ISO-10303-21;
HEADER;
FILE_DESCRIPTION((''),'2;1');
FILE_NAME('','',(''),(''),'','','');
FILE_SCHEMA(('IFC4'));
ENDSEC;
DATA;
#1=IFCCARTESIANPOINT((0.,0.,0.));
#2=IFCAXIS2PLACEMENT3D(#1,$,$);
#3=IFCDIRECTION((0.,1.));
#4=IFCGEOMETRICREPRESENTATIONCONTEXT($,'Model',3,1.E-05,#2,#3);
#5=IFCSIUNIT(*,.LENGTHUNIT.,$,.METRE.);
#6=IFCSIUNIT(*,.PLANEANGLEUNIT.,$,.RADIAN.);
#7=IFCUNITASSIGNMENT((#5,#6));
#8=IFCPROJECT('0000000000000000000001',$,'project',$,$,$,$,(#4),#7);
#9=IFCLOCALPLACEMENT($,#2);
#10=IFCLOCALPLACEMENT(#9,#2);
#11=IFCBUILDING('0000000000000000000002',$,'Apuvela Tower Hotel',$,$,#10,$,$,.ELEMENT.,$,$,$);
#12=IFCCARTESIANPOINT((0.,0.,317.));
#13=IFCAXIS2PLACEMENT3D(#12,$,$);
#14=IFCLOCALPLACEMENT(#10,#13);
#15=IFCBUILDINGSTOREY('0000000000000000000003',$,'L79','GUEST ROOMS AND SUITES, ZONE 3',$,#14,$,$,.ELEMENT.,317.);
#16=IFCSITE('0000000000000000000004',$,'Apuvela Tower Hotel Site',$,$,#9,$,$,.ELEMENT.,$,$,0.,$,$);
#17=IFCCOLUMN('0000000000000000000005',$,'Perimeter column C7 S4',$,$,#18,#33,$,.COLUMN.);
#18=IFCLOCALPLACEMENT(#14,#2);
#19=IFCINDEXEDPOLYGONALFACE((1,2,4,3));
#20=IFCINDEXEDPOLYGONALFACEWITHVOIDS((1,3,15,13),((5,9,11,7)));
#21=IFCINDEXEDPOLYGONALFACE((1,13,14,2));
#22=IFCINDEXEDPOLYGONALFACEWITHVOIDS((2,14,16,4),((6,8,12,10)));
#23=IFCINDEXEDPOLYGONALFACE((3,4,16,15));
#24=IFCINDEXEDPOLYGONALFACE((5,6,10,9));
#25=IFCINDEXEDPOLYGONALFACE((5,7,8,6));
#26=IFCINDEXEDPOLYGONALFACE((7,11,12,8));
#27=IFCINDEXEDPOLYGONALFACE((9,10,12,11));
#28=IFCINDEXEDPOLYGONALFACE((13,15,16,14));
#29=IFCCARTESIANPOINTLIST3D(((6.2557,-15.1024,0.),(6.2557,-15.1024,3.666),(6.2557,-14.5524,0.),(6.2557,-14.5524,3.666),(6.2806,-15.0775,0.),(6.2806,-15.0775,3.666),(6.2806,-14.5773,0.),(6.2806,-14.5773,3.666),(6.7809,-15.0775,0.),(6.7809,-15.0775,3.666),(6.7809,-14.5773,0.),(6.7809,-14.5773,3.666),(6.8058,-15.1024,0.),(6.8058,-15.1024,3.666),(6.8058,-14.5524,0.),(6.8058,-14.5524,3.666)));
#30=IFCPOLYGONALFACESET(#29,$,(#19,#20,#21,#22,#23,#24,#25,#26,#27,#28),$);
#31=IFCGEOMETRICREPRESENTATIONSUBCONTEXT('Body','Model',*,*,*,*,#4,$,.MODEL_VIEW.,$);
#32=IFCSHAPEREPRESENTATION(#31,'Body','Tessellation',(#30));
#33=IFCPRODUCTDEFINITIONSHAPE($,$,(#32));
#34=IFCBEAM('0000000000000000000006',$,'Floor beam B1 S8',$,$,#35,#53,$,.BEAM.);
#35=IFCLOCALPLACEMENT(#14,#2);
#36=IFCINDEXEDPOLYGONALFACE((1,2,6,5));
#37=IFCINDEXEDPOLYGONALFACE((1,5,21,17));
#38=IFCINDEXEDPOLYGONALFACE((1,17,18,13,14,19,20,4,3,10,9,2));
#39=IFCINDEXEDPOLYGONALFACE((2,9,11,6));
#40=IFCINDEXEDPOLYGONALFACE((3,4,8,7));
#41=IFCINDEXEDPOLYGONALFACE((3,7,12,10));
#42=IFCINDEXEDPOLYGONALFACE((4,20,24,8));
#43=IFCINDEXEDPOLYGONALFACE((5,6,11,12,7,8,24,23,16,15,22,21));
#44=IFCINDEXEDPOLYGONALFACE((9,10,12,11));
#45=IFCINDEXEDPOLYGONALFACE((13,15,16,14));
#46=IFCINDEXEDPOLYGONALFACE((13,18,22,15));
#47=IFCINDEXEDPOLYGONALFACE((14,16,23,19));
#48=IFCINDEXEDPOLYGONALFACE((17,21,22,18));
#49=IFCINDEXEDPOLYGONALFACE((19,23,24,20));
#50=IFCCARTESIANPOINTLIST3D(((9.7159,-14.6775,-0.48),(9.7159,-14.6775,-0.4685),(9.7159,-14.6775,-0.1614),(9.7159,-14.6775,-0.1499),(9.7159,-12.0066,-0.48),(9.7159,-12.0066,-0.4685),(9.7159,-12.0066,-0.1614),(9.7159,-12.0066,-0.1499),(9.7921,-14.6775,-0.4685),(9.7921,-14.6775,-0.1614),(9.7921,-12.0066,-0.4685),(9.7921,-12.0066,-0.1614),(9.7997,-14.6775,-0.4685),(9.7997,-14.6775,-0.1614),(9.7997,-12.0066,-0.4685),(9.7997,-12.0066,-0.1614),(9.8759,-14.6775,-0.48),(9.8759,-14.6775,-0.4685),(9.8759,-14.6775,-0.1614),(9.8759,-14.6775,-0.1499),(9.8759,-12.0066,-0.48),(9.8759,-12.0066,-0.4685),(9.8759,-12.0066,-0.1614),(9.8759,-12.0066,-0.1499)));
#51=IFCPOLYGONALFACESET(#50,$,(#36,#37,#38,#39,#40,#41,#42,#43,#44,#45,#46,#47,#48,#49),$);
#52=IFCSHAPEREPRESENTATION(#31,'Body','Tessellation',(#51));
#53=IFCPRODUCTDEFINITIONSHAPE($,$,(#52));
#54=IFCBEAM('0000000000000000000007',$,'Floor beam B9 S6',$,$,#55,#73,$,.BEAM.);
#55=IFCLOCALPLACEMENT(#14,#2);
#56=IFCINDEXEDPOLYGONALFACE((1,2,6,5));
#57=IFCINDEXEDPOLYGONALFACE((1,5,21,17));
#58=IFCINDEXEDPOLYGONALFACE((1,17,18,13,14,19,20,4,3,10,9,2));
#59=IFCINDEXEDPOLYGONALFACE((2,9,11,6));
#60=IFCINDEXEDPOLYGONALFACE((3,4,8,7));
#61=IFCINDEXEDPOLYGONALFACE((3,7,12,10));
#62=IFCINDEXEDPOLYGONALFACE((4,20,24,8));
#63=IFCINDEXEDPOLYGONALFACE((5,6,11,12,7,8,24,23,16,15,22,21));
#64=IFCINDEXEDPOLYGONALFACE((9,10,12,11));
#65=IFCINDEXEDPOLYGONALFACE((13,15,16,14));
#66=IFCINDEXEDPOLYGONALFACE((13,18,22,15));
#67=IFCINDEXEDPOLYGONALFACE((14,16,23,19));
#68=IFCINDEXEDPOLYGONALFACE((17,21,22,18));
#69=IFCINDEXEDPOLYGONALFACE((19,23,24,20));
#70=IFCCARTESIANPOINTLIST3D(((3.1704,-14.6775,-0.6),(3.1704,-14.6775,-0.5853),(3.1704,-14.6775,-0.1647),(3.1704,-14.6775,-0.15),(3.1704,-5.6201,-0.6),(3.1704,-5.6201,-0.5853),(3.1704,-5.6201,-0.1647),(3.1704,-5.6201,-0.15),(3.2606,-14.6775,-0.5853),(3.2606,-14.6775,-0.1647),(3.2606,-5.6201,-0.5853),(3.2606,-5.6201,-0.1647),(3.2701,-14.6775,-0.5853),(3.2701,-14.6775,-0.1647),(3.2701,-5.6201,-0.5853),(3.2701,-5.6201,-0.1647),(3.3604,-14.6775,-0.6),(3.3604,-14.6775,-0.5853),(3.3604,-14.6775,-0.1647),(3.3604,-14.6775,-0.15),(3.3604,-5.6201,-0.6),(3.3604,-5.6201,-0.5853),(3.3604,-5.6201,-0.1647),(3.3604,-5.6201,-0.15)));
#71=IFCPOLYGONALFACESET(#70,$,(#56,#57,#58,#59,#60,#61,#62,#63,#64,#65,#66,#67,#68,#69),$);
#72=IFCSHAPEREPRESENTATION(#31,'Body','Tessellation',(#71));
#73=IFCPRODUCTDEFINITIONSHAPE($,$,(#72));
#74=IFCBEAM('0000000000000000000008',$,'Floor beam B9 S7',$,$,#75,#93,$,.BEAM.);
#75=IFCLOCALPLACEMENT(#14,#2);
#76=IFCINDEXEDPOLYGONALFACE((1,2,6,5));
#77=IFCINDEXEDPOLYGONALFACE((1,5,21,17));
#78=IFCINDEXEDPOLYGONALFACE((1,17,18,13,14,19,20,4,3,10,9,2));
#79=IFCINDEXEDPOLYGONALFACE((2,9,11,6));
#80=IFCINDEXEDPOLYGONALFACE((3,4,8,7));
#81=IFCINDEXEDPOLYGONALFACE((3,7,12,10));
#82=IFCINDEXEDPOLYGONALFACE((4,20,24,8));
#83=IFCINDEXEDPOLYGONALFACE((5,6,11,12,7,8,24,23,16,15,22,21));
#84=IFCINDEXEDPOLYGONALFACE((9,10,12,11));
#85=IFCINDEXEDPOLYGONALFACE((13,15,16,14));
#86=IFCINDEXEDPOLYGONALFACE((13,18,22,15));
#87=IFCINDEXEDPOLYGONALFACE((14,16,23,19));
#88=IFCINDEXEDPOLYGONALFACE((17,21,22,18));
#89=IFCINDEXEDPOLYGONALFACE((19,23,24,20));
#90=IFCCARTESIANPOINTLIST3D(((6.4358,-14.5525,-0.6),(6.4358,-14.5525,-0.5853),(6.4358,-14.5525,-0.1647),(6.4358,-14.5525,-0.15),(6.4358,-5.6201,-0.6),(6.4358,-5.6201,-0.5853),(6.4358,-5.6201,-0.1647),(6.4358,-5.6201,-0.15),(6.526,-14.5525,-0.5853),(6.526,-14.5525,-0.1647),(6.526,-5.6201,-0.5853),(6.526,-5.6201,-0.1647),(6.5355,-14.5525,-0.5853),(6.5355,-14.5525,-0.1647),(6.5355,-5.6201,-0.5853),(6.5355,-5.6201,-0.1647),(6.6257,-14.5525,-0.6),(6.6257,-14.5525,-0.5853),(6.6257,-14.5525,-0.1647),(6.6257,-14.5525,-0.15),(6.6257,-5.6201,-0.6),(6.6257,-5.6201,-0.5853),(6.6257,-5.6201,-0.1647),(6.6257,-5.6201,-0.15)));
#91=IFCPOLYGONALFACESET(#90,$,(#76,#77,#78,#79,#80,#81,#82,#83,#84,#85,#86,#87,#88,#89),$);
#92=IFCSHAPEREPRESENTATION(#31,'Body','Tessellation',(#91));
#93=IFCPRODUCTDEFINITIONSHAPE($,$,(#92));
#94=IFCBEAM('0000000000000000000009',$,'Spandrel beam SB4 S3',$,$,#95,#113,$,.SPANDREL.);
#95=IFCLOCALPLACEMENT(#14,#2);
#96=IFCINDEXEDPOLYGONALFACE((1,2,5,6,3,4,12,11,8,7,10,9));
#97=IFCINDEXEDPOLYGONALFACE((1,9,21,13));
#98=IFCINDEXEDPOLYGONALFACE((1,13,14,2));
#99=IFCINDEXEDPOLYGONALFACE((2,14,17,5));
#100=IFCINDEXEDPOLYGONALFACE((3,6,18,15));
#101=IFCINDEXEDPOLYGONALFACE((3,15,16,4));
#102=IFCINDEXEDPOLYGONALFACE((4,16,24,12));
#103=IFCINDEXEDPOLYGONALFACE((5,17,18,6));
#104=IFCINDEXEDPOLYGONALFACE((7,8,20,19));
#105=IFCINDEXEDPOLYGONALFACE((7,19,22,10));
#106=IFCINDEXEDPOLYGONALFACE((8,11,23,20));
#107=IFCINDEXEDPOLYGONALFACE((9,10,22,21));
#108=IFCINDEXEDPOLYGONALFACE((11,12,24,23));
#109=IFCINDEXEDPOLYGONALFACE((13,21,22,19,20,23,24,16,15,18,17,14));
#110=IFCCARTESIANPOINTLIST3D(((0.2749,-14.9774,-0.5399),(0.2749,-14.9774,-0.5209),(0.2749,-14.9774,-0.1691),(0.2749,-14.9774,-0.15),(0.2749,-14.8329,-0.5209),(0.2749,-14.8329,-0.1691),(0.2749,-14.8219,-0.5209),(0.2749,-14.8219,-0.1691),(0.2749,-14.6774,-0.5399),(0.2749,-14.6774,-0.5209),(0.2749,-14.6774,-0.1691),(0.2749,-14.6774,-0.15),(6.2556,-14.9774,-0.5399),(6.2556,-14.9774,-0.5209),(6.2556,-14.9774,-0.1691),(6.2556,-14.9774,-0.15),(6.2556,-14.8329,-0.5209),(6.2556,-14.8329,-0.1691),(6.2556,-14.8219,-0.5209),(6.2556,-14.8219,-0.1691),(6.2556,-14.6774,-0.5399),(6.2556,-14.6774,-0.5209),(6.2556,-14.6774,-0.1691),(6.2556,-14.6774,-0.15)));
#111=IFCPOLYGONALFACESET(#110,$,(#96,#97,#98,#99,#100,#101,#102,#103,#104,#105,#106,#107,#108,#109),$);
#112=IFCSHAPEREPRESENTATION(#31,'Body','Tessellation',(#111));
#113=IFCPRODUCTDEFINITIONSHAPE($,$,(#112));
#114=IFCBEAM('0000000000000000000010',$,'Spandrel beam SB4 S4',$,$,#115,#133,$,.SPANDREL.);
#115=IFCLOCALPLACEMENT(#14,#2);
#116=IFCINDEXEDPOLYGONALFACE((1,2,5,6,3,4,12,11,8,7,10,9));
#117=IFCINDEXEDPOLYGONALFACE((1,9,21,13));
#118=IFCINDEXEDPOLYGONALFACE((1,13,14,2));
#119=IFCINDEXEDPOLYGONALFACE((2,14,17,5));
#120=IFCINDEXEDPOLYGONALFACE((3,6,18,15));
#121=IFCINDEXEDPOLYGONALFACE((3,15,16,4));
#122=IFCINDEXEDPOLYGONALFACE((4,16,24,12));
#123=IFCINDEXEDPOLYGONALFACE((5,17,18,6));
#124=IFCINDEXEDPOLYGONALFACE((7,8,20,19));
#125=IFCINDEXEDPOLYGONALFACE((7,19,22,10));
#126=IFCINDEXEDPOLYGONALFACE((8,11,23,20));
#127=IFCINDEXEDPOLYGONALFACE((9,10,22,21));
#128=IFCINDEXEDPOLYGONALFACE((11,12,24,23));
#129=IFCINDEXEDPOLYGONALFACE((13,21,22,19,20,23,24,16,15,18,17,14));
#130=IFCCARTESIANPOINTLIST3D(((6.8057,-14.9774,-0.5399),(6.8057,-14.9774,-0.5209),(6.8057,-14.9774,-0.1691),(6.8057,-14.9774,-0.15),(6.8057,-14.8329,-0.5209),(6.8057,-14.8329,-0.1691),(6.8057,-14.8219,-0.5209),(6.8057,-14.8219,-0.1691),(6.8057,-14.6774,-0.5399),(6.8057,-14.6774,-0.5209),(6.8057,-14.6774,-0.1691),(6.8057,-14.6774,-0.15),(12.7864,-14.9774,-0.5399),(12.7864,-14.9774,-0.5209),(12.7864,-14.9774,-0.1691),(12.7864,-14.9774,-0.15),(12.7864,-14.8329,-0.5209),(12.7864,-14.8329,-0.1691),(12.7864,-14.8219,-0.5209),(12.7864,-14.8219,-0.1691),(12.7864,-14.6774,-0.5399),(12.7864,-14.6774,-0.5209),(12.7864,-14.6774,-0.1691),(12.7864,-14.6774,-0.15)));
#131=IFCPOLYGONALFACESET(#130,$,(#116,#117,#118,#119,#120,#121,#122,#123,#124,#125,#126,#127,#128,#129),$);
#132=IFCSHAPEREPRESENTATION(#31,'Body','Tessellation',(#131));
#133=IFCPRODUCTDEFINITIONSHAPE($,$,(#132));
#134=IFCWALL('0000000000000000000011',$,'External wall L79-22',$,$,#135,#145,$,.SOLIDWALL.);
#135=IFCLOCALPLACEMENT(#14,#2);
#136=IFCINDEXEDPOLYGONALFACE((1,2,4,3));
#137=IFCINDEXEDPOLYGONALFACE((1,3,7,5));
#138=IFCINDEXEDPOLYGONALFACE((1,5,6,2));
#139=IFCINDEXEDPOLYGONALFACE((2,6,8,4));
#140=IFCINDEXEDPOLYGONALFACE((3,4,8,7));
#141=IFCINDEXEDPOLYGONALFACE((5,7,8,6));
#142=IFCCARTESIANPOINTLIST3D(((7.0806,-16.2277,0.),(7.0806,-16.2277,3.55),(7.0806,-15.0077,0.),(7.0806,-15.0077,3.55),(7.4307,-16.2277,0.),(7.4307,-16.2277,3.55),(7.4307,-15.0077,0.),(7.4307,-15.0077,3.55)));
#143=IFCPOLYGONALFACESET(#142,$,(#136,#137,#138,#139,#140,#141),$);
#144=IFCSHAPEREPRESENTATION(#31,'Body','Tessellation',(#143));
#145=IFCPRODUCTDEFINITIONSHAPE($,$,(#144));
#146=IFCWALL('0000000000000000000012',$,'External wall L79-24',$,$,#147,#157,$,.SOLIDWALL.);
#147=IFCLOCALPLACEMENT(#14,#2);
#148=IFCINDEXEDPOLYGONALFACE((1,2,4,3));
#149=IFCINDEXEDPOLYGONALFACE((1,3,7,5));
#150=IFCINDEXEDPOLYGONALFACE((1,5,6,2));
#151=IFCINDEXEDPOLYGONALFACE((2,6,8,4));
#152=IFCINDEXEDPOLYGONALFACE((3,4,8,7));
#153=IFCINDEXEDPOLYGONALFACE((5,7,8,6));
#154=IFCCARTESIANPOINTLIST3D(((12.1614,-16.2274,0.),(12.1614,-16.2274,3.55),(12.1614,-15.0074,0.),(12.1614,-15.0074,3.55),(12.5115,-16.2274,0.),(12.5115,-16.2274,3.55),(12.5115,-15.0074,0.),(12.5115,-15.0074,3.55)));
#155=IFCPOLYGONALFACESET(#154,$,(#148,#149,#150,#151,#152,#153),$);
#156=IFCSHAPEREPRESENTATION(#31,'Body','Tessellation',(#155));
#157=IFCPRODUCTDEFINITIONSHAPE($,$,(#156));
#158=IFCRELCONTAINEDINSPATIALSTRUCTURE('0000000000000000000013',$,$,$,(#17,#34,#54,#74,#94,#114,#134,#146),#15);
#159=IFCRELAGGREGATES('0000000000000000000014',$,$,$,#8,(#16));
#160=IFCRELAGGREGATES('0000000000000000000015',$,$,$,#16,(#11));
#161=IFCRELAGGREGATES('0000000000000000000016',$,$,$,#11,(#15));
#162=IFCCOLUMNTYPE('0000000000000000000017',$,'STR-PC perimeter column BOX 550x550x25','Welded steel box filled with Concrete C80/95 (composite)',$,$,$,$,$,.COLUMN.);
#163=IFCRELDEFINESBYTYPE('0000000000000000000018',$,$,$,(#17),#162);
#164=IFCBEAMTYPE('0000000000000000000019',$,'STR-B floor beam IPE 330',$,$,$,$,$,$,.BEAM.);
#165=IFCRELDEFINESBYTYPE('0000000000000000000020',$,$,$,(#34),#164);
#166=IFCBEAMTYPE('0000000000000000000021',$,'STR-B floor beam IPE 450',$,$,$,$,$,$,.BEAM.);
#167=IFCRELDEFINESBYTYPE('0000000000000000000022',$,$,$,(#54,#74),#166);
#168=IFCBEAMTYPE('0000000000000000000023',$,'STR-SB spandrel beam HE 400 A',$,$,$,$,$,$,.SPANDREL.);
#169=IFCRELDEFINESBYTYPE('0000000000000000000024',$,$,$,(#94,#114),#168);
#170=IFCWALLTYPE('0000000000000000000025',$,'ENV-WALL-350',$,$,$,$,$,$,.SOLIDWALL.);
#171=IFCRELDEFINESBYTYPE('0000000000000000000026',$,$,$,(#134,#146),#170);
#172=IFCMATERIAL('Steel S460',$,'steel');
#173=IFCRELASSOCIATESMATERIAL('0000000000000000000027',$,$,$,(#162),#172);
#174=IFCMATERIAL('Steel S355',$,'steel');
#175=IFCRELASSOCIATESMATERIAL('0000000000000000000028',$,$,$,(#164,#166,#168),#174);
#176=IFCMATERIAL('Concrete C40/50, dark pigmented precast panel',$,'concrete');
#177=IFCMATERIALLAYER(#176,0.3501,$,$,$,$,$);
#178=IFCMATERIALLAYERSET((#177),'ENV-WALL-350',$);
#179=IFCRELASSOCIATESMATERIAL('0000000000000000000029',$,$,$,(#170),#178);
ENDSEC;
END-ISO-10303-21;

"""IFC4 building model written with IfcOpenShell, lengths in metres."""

from ifc_helpers import new_model, si_unit, direction, frame, frame_2d, origin, origin_2d, place, context, subcontext, project, spatial, rectangle, hollow_rectangle, i_section, extrude, boolean, halfspace, material, layer, layer_set, material_profile, profile_set, type_object, element, save


model = new_model("IFC4")

# Units and contexts
model_context = context("Model", 3, precision=1e-05, world=origin(), true_north=direction((0.0, 1.0)))
body_context = subcontext(model_context, "Body", "Model", "MODEL_VIEW")
ifc_project = project(units=[si_unit("LENGTHUNIT", "METRE"), si_unit("PLANEANGLEUNIT", "RADIAN")], contexts=[model_context])

# Site, building, storey
site_placement = place(None, origin())
site = spatial("IfcSite", under=ifc_project, at=site_placement, Name="Apuvela Tower Hotel Site", CompositionType="ELEMENT", RefElevation=0.0)
building_placement = place(site_placement, origin())
building = spatial("IfcBuilding", under=site, at=building_placement, Name="Apuvela Tower Hotel", CompositionType="ELEMENT")
storey_placement = place(building_placement, frame((0.0, 0.0, 317.0)))
storey = spatial("IfcBuildingStorey", under=building, at=storey_placement, Name="L79", Description="GUEST ROOMS AND SUITES, ZONE 3", CompositionType="ELEMENT", Elevation=317.0)

# Column
ifc_material_1 = material(Name="Steel S460", Category="steel")
ifc_material_profile_1 = material_profile(ifc_material_1, hollow_rectangle(XDim=0.55, YDim=0.55, WallThickness=0.0249, at=origin_2d()), Name="BOX 550x550x25")
ifc_material_2 = material(Name="Concrete C80/95", Category="concrete")
ifc_material_profile_2 = material_profile(ifc_material_2, rectangle(XDim=0.5, YDim=0.5, at=origin_2d()), Name="Concrete C80/95 infill")
ifc_profile_set_1 = profile_set([ifc_material_profile_1, ifc_material_profile_2], Name="Steel S460")
column_type = type_object("IfcColumnType", Name="STR-PC perimeter column BOX 550x550x25", Description="Welded steel box filled with Concrete C80/95 (composite)", PredefinedType="COLUMN", material=ifc_profile_set_1)
column_placement = place(storey_placement, frame((6.5308, -14.8274, 0.0), z_axis=(0.0, 0.0, 1.0), x_axis=(-1.0, 0.0, 0.0)))
element("IfcColumn", 1, at=column_placement, inside=storey, type_object=column_type, Name="Perimeter column C7 S4", PredefinedType="COLUMN", context=body_context, shape_type="SweptSolid", body=[
    boolean("DIFFERENCE", extrude(hollow_rectangle(XDim=0.55, YDim=0.55, WallThickness=0.0249, at=origin_2d()), origin(), (0.0, 0.0, 1.0), 3.7), halfspace(frame((0.0, 0.0, 3.666), z_axis=(0.0, 0.0, 1.0), x_axis=(1.0, 0.0, 0.0)), False)),
])

# Beams
ifc_material_3 = material(Name="Steel S355", Category="steel")
ifc_material_profile_3 = material_profile(ifc_material_3, i_section(OverallWidth=0.1599, OverallDepth=0.3301, WebThickness=0.0076, FlangeThickness=0.0115, at=origin_2d()), Name="IPE 330")
ifc_profile_set_2 = profile_set([ifc_material_profile_3], Name="Steel S355")
beam_type_1 = type_object("IfcBeamType", Name="STR-B floor beam IPE 330", PredefinedType="BEAM", material=ifc_profile_set_2)
beam_1_placement = place(storey_placement, frame((9.7959, -14.6775, -0.3149), z_axis=(0.0, 1.0, 0.0), x_axis=(-1.0, 0.0, 0.0)))
element("IfcBeam", 2, at=beam_1_placement, inside=storey, type_object=beam_type_1, Name="Floor beam B1 S8", PredefinedType="BEAM", context=body_context, shape_type="SweptSolid", body=[
    extrude(i_section(OverallWidth=0.1599, OverallDepth=0.3301, WebThickness=0.0076, FlangeThickness=0.0115, at=origin_2d()), origin(), (0.0, 0.0, 1.0), 2.6709),
])
ifc_material_profile_4 = material_profile(ifc_material_3, i_section(OverallWidth=0.1899, OverallDepth=0.45, WebThickness=0.0095, FlangeThickness=0.0146, at=origin_2d()), Name="IPE 450")
ifc_profile_set_3 = profile_set([ifc_material_profile_4], Name="Steel S355")
beam_type_2 = type_object("IfcBeamType", Name="STR-B floor beam IPE 450", PredefinedType="BEAM", material=ifc_profile_set_3)
beam_2_placement = place(storey_placement, frame((3.2654, -14.6775, -0.375), z_axis=(0.0, 1.0, 0.0), x_axis=(-1.0, 0.0, 0.0)))
element("IfcBeam", 3, at=beam_2_placement, inside=storey, type_object=beam_type_2, Name="Floor beam B9 S6", PredefinedType="BEAM", context=body_context, shape_type="SweptSolid", body=[
    extrude(i_section(OverallWidth=0.1899, OverallDepth=0.45, WebThickness=0.0095, FlangeThickness=0.0146, at=origin_2d()), origin(), (0.0, 0.0, 1.0), 9.0574),
])
beam_3_placement = place(storey_placement, frame((6.5308, -14.5525, -0.375), z_axis=(0.0, 1.0, 0.0), x_axis=(-1.0, 0.0, 0.0)))
element("IfcBeam", 4, at=beam_3_placement, inside=storey, type_object=beam_type_2, Name="Floor beam B9 S7", PredefinedType="BEAM", context=body_context, shape_type="SweptSolid", body=[
    extrude(i_section(OverallWidth=0.1899, OverallDepth=0.45, WebThickness=0.0095, FlangeThickness=0.0146, at=origin_2d()), origin(), (0.0, 0.0, 1.0), 8.9324),
])
ifc_material_profile_5 = material_profile(ifc_material_3, i_section(OverallWidth=0.3, OverallDepth=0.3899, WebThickness=0.011, FlangeThickness=0.019, at=origin_2d()), Name="HE 400 A")
ifc_profile_set_4 = profile_set([ifc_material_profile_5], Name="Steel S355")
beam_type_3 = type_object("IfcBeamType", Name="STR-SB spandrel beam HE 400 A", PredefinedType="SPANDREL", material=ifc_profile_set_4)
for number, where, z_axis, x_axis, name in (
    (5, (0.2749, -14.8274, -0.345), (1.0, 0.0, 0.0), (0.0, 1.0, 0.0), "Spandrel beam SB4 S3"),
    (6, (6.8057, -14.8274, -0.345), (1.0, 0.0, 0.0), (0.0, 1.0, 0.0), "Spandrel beam SB4 S4"),
):
    element("IfcBeam", number, at=place(storey_placement, frame(where, z_axis=z_axis, x_axis=x_axis)), inside=storey, type_object=beam_type_3, Name=name, PredefinedType="SPANDREL", context=body_context, shape_type="SweptSolid", body=[
        extrude(i_section(OverallWidth=0.3, OverallDepth=0.3899, WebThickness=0.011, FlangeThickness=0.019, at=origin_2d()), origin(), (0.0, 0.0, 1.0), 5.9807),
    ])

# Wall
ifc_material_4 = material(Name="Concrete C40/50, dark pigmented precast panel", Category="concrete")
ifc_layer_1 = layer(ifc_material_4, 0.3501)
ifc_layer_set_1 = layer_set([ifc_layer_1], Name="ENV-WALL-350")
wall_type_1 = type_object("IfcWallType", Name="ENV-WALL-350", PredefinedType="SOLIDWALL", material=ifc_layer_set_1)
wall_1_placement = place(storey_placement, frame((7.2556, -16.2275, 0.0), z_axis=(0.0, 0.0, 1.0), x_axis=(0.0, 1.0, 0.0)))
element("IfcWall", 7, at=wall_1_placement, inside=storey, type_object=wall_type_1, Name="External wall L79-22", PredefinedType="SOLIDWALL", context=body_context, shape_type="SweptSolid", body=[
    extrude(rectangle(XDim=1.22, YDim=0.3501, at=frame_2d((0.6099, 0.0))), origin(), (0.0, 0.0, 1.0), 3.55),
])

# Wall
wall_2_placement = place(storey_placement, frame((12.3364, -15.0076, 0.0), z_axis=(0.0, 0.0, 1.0), x_axis=(0.0, -1.0, 0.0)))
element("IfcWall", 8, at=wall_2_placement, inside=storey, type_object=wall_type_1, Name="External wall L79-24", PredefinedType="SOLIDWALL", context=body_context, shape_type="SweptSolid", body=[
    extrude(rectangle(XDim=1.22, YDim=0.3501, at=frame_2d((0.6099, 0.0))), origin(), (0.0, 0.0, 1.0), 3.55),
])

save(model, "model.ifc")
